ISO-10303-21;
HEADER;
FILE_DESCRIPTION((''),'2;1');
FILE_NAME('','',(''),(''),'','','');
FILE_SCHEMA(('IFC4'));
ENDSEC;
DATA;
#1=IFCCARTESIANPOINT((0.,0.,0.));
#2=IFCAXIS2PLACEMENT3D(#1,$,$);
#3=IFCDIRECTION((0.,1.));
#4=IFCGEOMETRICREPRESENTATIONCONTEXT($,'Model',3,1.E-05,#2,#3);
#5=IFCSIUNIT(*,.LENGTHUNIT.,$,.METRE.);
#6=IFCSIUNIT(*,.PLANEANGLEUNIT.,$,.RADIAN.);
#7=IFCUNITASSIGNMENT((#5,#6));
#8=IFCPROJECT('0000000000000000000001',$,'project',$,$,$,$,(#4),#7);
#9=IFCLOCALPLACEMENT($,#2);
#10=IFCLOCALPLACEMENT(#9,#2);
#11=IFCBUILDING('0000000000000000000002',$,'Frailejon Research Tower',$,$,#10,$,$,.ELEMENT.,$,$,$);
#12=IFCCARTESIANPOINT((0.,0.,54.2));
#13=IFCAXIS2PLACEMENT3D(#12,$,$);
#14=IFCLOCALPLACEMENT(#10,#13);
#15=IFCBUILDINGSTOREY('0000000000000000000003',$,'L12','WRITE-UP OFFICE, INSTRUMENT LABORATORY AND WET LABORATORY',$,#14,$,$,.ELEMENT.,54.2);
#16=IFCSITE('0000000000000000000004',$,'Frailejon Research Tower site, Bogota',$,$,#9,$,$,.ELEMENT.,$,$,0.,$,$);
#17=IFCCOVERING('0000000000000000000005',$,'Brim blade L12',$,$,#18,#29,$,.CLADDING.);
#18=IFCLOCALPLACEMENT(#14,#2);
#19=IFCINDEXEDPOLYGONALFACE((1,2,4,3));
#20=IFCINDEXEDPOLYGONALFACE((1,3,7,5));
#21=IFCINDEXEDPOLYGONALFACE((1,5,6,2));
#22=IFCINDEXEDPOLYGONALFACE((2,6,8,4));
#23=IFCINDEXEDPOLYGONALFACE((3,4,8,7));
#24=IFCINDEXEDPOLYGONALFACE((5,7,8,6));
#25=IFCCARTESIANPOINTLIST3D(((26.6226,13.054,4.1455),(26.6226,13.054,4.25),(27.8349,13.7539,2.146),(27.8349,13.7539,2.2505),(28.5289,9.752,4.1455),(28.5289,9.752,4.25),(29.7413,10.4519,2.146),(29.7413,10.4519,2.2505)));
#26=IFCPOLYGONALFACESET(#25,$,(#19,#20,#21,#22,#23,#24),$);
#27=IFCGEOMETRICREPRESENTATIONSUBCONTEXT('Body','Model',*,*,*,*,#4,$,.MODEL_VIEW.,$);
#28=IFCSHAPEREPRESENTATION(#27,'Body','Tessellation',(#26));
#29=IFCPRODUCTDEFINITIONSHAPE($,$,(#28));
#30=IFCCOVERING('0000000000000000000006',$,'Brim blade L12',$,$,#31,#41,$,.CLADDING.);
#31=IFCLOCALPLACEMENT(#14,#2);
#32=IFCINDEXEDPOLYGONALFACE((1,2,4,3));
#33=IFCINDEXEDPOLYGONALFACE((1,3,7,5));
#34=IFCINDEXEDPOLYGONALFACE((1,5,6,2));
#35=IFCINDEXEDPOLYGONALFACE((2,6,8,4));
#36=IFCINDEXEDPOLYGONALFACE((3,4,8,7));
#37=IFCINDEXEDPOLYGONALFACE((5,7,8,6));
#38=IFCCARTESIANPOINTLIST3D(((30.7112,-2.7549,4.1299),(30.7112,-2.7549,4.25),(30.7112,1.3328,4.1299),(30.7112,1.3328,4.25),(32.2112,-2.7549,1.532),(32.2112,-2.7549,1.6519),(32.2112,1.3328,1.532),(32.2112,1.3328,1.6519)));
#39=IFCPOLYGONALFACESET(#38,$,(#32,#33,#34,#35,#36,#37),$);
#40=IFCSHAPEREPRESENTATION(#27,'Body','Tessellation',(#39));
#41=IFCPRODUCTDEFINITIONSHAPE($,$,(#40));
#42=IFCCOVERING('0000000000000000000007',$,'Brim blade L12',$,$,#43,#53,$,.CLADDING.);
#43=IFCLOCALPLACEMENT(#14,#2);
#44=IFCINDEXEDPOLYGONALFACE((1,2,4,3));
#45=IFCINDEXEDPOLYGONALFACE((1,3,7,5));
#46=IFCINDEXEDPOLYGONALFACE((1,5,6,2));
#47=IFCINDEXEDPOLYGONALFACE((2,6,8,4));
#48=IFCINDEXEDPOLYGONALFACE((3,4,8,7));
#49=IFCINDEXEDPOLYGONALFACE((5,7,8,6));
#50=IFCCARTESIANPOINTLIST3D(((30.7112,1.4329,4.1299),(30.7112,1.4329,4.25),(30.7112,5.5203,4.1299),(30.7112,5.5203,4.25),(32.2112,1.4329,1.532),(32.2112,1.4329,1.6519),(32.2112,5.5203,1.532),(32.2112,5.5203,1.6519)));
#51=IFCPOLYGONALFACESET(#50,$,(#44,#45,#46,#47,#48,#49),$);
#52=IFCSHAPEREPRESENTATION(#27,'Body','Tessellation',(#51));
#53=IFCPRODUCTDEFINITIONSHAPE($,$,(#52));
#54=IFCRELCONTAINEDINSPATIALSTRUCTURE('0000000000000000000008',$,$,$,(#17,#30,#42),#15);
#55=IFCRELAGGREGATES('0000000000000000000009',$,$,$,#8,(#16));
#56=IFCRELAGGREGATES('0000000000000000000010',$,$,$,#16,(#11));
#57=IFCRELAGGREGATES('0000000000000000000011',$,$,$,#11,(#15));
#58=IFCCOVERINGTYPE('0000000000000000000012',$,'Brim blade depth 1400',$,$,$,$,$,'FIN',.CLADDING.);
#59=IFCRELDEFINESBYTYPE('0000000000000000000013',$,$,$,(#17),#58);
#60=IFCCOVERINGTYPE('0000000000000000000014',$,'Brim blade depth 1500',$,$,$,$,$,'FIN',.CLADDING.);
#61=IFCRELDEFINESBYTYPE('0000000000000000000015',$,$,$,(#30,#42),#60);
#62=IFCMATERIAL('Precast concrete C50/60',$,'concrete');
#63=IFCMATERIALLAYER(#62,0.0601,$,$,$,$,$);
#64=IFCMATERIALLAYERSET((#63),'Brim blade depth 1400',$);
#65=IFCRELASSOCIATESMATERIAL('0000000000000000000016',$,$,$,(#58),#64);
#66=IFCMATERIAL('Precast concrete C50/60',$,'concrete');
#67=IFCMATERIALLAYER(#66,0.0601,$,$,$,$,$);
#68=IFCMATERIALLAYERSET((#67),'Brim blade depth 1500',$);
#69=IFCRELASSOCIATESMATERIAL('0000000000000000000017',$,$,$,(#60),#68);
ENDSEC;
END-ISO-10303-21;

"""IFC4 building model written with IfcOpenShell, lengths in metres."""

from ifc_helpers import new_model, si_unit, direction, frame, origin, place, context, subcontext, project, spatial, polyline, outline, extrude, material, layer, layer_set, type_object, element, save


model = new_model("IFC4")

# Units and contexts
model_context = context("Model", 3, precision=1e-05, world=origin(), true_north=direction((0.0, 1.0)))
body_context = subcontext(model_context, "Body", "Model", "MODEL_VIEW")
ifc_project = project(units=[si_unit("LENGTHUNIT", "METRE"), si_unit("PLANEANGLEUNIT", "RADIAN")], contexts=[model_context])

# Site, building, storey
site_placement = place(None, origin())
site = spatial("IfcSite", under=ifc_project, at=site_placement, Name="Frailejon Research Tower site, Bogota", CompositionType="ELEMENT", RefElevation=0.0)
building_placement = place(site_placement, origin())
building = spatial("IfcBuilding", under=site, at=building_placement, Name="Frailejon Research Tower", CompositionType="ELEMENT")
storey_placement = place(building_placement, frame((0.0, 0.0, 54.2)))
storey = spatial("IfcBuildingStorey", under=building, at=storey_placement, Name="L12", Description="WRITE-UP OFFICE, INSTRUMENT LABORATORY AND WET LABORATORY", CompositionType="ELEMENT", Elevation=54.2)

# Coverings
ifc_material_1 = material(Name="Precast concrete C50/60", Category="concrete")
ifc_layer_1 = layer(ifc_material_1, 0.0601)
ifc_layer_set_1 = layer_set([ifc_layer_1], Name="Brim blade depth 1400")
covering_type_1 = type_object("IfcCoveringType", Name="Brim blade depth 1400", ElementType="FIN", PredefinedType="CLADDING", material=ifc_layer_set_1)
covering_1_placement = place(storey_placement, frame((26.6226, 13.054, 4.25), z_axis=(0.49999, -0.866031, 0.0), x_axis=(0.866031, 0.49999, 0.0)))
element("IfcCovering", 1, at=covering_1_placement, inside=storey, type_object=covering_type_1, Name="Brim blade L12", PredefinedType="CLADDING", context=body_context, shape_type="SweptSolid", body=[
    extrude(outline(polyline([(0.0, -0.1045), (1.3999, -2.104), (1.3999, -1.9995), (0.0, 0.0), (0.0, -0.1045)])), origin(), (0.0, 0.0, 1.0), 3.8127),
])
ifc_material_2 = material(Name="Precast concrete C50/60", Category="concrete")
ifc_layer_2 = layer(ifc_material_2, 0.0601)
ifc_layer_set_2 = layer_set([ifc_layer_2], Name="Brim blade depth 1500")
covering_type_2 = type_object("IfcCoveringType", Name="Brim blade depth 1500", ElementType="FIN", PredefinedType="CLADDING", material=ifc_layer_set_2)
covering_2_placement = place(storey_placement, frame((30.7112, 1.3328, 4.25), z_axis=(0.0, -1.0, 0.0), x_axis=(1.0, 0.0, 0.0)))
element("IfcCovering", 2, at=covering_2_placement, inside=storey, type_object=covering_type_2, Name="Brim blade L12", PredefinedType="CLADDING", context=body_context, shape_type="SweptSolid", body=[
    extrude(outline(polyline([(0.0, -0.1201), (1.5, -2.718), (1.5, -2.5981), (0.0, 0.0), (0.0, -0.1201)])), origin(), (0.0, 0.0, 1.0), 4.0876),
])
covering_3_placement = place(storey_placement, frame((30.7112, 5.5203, 4.25), z_axis=(0.0, -1.0, 0.0), x_axis=(1.0, 0.0, 0.0)))
element("IfcCovering", 3, at=covering_3_placement, inside=storey, type_object=covering_type_2, Name="Brim blade L12", PredefinedType="CLADDING", context=body_context, shape_type="SweptSolid", body=[
    extrude(outline(polyline([(0.0, -0.1201), (1.5, -2.718), (1.5, -2.5981), (0.0, 0.0), (0.0, -0.1201)])), origin(), (0.0, 0.0, 1.0), 4.0874),
])

save(model, "model.ifc")
